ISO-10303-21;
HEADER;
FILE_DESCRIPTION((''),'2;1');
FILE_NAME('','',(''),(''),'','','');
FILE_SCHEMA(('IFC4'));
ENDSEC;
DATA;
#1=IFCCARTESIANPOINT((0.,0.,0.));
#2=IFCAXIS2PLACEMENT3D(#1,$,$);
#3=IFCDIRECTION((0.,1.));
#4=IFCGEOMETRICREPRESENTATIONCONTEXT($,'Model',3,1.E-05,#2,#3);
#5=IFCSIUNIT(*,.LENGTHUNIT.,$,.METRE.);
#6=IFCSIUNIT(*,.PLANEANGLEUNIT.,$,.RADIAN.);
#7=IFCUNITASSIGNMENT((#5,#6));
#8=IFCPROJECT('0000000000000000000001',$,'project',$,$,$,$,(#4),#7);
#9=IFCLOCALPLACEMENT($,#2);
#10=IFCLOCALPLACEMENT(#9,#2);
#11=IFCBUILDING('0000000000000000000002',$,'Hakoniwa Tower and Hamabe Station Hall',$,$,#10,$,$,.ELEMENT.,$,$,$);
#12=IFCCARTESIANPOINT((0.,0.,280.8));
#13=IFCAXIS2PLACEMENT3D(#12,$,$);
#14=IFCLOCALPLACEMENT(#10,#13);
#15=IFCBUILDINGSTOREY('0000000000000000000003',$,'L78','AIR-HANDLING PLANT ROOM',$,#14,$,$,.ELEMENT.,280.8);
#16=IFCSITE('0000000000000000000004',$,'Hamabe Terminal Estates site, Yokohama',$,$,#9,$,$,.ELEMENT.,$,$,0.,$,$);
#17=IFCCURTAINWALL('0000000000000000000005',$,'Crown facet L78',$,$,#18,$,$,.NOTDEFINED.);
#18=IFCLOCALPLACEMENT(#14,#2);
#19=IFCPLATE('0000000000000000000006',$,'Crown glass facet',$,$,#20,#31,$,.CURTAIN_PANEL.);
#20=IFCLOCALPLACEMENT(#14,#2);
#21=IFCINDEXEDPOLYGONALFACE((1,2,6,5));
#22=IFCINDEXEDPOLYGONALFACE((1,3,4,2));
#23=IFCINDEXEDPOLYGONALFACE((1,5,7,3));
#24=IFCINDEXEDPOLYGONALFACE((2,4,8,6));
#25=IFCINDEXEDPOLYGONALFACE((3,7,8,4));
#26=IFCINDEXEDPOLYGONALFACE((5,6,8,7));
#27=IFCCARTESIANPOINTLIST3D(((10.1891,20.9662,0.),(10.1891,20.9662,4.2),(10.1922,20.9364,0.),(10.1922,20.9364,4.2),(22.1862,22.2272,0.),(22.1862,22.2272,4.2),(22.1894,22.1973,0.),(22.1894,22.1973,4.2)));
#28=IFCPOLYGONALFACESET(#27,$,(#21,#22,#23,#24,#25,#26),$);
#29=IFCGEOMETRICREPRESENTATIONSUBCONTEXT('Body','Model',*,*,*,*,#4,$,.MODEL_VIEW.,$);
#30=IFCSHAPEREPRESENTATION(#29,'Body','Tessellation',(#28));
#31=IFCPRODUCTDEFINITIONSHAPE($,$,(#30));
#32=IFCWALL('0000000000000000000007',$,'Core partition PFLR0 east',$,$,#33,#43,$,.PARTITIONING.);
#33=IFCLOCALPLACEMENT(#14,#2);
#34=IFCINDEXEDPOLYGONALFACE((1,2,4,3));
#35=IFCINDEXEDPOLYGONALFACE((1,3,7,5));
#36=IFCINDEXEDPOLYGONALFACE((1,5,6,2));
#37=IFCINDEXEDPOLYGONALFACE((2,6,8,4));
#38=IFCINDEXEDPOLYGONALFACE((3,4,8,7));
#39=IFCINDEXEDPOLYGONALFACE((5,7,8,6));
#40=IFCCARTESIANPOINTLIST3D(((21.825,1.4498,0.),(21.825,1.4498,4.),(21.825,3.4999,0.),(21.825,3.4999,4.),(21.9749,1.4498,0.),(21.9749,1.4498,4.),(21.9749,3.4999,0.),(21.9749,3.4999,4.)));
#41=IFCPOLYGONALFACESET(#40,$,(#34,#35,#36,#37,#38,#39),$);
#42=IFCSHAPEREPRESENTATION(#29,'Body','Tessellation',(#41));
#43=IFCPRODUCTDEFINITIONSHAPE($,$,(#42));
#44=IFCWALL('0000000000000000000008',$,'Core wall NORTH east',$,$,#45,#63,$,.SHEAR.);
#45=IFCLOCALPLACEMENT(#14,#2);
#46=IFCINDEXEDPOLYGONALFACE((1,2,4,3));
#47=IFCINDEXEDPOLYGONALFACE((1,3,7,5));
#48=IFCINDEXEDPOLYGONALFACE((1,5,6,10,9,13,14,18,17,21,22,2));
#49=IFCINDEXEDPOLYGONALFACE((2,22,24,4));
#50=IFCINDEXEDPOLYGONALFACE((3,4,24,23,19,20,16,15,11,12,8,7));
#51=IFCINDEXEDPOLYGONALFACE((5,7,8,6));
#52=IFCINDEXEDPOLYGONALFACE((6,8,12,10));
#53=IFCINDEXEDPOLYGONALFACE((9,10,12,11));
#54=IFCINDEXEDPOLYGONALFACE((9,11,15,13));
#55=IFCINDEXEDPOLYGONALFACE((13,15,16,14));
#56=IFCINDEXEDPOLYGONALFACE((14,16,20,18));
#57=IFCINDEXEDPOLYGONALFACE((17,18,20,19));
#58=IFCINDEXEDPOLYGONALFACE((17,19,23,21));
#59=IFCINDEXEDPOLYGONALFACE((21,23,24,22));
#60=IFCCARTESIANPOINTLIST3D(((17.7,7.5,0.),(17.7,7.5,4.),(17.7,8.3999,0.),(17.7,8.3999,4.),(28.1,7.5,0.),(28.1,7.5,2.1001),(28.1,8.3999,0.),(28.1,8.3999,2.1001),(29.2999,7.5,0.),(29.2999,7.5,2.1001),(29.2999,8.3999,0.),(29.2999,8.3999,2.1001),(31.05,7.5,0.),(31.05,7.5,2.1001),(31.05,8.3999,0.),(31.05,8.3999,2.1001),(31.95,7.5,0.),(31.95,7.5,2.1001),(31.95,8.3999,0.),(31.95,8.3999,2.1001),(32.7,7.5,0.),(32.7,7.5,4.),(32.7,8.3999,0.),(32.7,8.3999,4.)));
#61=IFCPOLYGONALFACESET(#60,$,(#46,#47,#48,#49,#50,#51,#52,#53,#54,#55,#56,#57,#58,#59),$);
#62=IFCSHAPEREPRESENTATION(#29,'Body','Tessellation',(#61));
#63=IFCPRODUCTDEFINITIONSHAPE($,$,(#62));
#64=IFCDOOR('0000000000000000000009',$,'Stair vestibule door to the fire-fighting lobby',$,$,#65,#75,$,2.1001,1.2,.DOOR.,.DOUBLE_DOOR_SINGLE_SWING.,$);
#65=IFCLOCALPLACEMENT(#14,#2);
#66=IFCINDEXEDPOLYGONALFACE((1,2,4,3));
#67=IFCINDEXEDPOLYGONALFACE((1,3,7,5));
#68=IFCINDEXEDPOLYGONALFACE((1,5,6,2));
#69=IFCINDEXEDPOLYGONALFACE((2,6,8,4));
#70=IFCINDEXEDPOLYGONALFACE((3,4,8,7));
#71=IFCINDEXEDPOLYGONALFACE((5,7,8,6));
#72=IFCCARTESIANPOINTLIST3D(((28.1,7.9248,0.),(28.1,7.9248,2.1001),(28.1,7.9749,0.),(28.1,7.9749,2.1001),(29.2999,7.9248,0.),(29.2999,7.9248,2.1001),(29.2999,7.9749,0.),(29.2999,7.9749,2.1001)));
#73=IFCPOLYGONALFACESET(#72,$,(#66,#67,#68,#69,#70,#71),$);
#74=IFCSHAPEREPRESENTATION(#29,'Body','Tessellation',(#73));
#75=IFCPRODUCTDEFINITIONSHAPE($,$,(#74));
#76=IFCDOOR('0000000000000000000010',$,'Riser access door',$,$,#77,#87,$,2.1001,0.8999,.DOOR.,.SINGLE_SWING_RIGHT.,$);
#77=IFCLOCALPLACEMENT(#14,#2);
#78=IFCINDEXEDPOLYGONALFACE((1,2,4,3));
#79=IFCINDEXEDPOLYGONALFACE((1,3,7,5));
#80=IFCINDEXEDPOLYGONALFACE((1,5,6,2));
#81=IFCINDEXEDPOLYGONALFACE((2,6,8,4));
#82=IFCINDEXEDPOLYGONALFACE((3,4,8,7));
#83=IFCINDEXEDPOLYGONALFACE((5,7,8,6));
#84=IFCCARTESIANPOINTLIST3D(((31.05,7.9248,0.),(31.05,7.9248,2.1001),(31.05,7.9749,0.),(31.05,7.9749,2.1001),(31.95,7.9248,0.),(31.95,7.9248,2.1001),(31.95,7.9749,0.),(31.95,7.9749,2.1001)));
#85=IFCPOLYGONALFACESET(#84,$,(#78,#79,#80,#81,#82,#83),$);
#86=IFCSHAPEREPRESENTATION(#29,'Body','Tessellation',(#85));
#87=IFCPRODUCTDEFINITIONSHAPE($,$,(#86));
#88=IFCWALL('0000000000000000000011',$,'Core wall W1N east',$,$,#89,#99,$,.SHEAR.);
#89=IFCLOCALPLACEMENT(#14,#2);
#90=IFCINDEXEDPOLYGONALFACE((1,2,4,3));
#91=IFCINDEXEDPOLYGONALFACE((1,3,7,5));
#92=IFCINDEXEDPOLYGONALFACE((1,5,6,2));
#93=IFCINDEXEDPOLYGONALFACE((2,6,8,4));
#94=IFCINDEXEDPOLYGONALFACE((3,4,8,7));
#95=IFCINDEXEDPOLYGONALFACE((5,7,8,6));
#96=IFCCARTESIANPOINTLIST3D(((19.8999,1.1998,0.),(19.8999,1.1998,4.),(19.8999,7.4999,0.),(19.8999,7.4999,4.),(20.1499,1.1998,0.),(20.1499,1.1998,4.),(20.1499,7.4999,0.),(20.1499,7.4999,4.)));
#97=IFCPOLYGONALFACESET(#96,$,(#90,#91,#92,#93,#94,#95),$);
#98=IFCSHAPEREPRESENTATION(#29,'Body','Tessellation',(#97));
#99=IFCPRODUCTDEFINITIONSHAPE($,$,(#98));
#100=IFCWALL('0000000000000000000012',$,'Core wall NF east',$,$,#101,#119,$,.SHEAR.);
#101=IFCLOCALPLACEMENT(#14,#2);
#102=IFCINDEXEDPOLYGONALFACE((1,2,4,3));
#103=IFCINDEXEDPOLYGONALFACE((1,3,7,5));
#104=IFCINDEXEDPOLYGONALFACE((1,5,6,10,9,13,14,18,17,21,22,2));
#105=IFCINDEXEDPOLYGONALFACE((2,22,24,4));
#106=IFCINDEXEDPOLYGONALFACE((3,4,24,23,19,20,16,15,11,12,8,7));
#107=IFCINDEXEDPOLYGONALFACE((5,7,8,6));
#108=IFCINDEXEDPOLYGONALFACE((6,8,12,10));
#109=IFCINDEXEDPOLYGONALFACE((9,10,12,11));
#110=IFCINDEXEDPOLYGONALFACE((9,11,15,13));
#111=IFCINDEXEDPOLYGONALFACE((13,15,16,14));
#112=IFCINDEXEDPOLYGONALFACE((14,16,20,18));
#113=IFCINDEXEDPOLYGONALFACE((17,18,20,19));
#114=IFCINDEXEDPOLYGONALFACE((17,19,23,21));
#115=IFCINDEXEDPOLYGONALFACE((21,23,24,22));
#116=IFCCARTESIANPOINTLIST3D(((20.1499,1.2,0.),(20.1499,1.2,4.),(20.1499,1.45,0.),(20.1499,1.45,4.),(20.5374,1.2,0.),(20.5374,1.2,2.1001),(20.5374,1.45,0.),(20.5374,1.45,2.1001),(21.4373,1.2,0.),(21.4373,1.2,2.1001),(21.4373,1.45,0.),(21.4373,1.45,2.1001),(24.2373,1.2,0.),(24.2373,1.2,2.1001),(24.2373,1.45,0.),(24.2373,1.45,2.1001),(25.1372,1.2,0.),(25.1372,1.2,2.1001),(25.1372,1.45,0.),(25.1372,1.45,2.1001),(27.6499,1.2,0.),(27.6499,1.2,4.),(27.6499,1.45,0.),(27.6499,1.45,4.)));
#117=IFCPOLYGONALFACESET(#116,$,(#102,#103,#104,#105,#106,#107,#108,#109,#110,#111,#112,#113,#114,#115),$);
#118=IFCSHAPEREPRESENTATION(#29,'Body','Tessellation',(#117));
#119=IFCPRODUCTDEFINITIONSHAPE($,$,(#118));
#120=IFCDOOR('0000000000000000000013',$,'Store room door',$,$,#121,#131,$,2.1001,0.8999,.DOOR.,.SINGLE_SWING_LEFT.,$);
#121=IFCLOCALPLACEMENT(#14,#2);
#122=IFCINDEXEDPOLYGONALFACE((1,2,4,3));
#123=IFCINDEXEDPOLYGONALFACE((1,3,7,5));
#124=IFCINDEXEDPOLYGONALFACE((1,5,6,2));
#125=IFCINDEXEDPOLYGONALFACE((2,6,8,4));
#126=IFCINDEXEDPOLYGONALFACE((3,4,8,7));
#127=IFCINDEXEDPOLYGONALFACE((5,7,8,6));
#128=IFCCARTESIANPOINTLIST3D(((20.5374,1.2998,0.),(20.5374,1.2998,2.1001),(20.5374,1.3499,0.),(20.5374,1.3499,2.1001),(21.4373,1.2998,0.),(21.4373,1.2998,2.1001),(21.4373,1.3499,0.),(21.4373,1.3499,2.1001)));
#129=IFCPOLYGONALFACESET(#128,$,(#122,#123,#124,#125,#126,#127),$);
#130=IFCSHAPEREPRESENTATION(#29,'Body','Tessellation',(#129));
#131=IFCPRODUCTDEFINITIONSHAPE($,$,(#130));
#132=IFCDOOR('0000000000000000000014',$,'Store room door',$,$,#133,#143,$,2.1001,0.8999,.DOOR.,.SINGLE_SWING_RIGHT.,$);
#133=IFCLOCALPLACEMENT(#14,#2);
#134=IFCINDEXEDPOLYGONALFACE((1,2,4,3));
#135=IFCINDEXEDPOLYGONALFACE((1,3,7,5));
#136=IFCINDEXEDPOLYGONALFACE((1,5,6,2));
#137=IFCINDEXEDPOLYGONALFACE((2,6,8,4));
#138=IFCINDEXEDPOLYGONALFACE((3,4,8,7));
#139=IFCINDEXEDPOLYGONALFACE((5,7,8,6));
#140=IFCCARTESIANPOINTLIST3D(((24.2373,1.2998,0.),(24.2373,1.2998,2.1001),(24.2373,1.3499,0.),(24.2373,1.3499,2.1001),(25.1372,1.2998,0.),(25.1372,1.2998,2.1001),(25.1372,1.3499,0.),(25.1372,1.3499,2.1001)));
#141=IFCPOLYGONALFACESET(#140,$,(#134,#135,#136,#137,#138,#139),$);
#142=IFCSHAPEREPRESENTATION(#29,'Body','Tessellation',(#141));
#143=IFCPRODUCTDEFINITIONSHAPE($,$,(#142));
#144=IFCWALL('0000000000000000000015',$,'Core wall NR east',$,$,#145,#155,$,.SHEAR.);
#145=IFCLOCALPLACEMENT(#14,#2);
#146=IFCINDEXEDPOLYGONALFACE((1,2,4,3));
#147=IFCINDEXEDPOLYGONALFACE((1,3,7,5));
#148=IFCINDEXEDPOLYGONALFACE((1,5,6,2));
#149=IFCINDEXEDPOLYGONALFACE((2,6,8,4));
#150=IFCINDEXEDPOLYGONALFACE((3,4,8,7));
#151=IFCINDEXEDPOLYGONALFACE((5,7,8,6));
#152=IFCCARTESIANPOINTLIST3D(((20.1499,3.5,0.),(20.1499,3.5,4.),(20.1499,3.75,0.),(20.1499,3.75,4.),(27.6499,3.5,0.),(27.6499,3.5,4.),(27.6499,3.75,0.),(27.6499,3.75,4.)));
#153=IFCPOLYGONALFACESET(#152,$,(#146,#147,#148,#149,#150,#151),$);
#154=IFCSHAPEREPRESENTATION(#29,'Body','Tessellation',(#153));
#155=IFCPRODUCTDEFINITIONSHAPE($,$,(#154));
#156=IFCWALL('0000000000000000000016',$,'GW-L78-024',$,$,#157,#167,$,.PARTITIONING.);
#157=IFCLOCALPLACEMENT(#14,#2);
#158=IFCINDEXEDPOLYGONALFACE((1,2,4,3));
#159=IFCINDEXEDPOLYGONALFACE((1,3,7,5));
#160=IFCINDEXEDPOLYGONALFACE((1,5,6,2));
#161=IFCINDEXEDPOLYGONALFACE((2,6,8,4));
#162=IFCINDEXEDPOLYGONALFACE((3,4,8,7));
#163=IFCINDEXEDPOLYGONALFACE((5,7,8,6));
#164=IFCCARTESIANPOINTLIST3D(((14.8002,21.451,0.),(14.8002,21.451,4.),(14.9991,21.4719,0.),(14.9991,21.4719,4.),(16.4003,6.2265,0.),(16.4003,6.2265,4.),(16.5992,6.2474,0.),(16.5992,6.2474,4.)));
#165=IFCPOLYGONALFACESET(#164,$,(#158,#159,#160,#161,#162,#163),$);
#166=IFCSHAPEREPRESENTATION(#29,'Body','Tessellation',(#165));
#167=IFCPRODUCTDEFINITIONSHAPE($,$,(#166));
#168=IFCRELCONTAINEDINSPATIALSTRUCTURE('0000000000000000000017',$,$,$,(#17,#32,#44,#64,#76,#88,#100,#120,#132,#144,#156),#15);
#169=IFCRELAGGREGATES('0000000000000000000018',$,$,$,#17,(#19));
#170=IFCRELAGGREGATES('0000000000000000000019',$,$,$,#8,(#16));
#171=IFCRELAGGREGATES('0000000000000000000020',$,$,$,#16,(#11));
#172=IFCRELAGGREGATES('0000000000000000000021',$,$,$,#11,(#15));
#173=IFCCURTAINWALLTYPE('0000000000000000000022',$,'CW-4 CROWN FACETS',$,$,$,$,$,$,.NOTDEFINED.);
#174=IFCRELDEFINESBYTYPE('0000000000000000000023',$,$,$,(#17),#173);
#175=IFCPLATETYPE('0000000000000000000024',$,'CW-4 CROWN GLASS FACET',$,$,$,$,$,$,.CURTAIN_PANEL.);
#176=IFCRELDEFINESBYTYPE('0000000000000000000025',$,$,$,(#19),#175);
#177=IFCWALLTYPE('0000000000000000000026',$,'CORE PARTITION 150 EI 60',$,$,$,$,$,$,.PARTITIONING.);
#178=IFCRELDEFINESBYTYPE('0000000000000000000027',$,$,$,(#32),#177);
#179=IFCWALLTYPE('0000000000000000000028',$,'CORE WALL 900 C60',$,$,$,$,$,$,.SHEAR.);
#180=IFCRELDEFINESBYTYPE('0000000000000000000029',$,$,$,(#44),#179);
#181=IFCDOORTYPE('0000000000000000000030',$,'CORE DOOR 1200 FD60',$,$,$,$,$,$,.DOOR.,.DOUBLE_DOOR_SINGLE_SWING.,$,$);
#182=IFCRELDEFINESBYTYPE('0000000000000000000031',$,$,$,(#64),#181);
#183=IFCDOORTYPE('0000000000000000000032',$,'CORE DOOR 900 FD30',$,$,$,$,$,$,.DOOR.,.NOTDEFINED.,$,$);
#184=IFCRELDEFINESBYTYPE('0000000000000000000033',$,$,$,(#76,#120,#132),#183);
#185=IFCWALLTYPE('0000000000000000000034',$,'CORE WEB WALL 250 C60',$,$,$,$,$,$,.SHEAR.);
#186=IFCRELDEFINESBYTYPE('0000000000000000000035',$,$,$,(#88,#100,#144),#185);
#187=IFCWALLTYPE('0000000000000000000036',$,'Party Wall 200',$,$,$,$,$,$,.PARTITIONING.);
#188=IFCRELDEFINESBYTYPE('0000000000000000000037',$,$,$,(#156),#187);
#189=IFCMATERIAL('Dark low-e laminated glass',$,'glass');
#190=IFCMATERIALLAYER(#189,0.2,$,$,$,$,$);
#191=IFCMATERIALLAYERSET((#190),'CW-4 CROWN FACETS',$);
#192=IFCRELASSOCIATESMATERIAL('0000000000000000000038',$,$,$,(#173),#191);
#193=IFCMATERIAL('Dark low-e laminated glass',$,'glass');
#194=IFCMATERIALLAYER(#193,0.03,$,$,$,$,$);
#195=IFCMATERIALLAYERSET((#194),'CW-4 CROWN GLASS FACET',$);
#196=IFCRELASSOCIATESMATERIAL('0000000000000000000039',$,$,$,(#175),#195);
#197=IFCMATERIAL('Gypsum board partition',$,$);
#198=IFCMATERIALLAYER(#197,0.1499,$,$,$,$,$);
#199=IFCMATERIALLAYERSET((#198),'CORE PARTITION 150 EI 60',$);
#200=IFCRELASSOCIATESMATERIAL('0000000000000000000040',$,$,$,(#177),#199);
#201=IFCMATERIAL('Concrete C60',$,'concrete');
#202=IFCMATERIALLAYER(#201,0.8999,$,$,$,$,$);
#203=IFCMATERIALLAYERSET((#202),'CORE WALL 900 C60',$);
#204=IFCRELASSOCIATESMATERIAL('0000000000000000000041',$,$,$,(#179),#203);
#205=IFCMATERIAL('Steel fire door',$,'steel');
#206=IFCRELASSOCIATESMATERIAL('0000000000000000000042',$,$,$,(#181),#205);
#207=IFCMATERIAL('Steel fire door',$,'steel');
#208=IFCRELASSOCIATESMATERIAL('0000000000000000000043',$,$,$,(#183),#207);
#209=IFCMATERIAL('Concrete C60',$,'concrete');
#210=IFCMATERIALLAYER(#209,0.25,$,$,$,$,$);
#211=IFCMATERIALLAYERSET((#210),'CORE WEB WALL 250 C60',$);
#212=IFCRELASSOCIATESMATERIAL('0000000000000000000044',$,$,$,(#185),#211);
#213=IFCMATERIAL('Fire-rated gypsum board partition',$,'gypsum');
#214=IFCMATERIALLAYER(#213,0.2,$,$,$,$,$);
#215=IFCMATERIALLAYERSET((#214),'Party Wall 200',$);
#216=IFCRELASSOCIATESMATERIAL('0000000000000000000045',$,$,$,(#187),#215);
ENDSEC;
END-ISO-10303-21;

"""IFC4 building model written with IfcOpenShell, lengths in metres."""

from ifc_helpers import new_model, si_unit, direction, frame, frame_2d, origin, origin_2d, place, context, subcontext, project, spatial, rectangle, extrude, material, layer, layer_set, type_object, element, fill, aggregate, save


model = new_model("IFC4")

# Units and contexts
model_context = context("Model", 3, precision=1e-05, world=origin(), true_north=direction((0.0, 1.0)))
body_context = subcontext(model_context, "Body", "Model", "MODEL_VIEW")
ifc_project = project(units=[si_unit("LENGTHUNIT", "METRE"), si_unit("PLANEANGLEUNIT", "RADIAN")], contexts=[model_context])

# Site, building, storey
site_placement = place(None, origin())
site = spatial("IfcSite", under=ifc_project, at=site_placement, Name="Hamabe Terminal Estates site, Yokohama", CompositionType="ELEMENT", RefElevation=0.0)
building_placement = place(site_placement, origin())
building = spatial("IfcBuilding", under=site, at=building_placement, Name="Hakoniwa Tower and Hamabe Station Hall", CompositionType="ELEMENT")
storey_placement = place(building_placement, frame((0.0, 0.0, 280.8)))
storey = spatial("IfcBuildingStorey", under=building, at=storey_placement, Name="L78", Description="AIR-HANDLING PLANT ROOM", CompositionType="ELEMENT", Elevation=280.8)

# Curtain wall, plate
ifc_material_1 = material(Name="Dark low-e laminated glass", Category="glass")
ifc_layer_1 = layer(ifc_material_1, 0.2)
ifc_layer_set_1 = layer_set([ifc_layer_1], Name="CW-4 CROWN FACETS")
curtain_wall_type = type_object("IfcCurtainWallType", Name="CW-4 CROWN FACETS", PredefinedType="NOTDEFINED", material=ifc_layer_set_1)
curtain_wall_placement = place(storey_placement, origin())
curtain_wall = element("IfcCurtainWall", 1, at=curtain_wall_placement, inside=storey, type_object=curtain_wall_type, Name="Crown facet L78", PredefinedType="NOTDEFINED")
ifc_material_2 = material(Name="Dark low-e laminated glass", Category="glass")
ifc_layer_2 = layer(ifc_material_2, 0.03)
ifc_layer_set_2 = layer_set([ifc_layer_2], Name="CW-4 CROWN GLASS FACET")
plate_type = type_object("IfcPlateType", Name="CW-4 CROWN GLASS FACET", PredefinedType="CURTAIN_PANEL", material=ifc_layer_set_2)
plate_placement = place(storey_placement, frame((16.1892, 21.5818, 0.0), z_axis=(0.0, 0.0, 1.0), x_axis=(-0.994522, -0.104528, 0.0)))
plate = element("IfcPlate", 2, at=plate_placement, type_object=plate_type, Name="Crown glass facet", PredefinedType="CURTAIN_PANEL", context=body_context, shape_type="SweptSolid", body=[
    extrude(rectangle(XDim=12.0632, YDim=0.03, at=origin_2d()), origin(), (0.0, 0.0, 1.0), 4.2),
])
aggregate(curtain_wall, [plate])

# Wall
ifc_material_3 = material(Name="Gypsum board partition")
ifc_layer_3 = layer(ifc_material_3, 0.1499)
ifc_layer_set_3 = layer_set([ifc_layer_3], Name="CORE PARTITION 150 EI 60")
wall_type_1 = type_object("IfcWallType", Name="CORE PARTITION 150 EI 60", PredefinedType="PARTITIONING", material=ifc_layer_set_3)
wall_1_placement = place(storey_placement, frame((21.8999, 1.45, 0.0), z_axis=(0.0, 0.0, 1.0), x_axis=(0.0, 1.0, 0.0)))
element("IfcWall", 3, at=wall_1_placement, inside=storey, type_object=wall_type_1, Name="Core partition PFLR0 east", PredefinedType="PARTITIONING", context=body_context, shape_type="SweptSolid", body=[
    extrude(rectangle(XDim=2.05, YDim=0.1499, at=frame_2d((1.0249, 0.0))), origin(), (0.0, 0.0, 1.0), 4.0),
])

# Wall, openings, doors
ifc_material_4 = material(Name="Concrete C60", Category="concrete")
ifc_layer_4 = layer(ifc_material_4, 0.8999)
ifc_layer_set_4 = layer_set([ifc_layer_4], Name="CORE WALL 900 C60")
wall_type_2 = type_object("IfcWallType", Name="CORE WALL 900 C60", PredefinedType="SHEAR", material=ifc_layer_set_4)
wall_2_placement = place(storey_placement, frame((17.7, 7.95, 0.0), z_axis=(0.0, 0.0, 1.0), x_axis=(1.0, 0.0, 0.0)))
wall_2 = element("IfcWall", 4, at=wall_2_placement, inside=storey, type_object=wall_type_2, Name="Core wall NORTH east", PredefinedType="SHEAR", context=body_context, shape_type="SweptSolid", body=[
    extrude(rectangle(XDim=15.0, YDim=0.8999, at=frame_2d((7.5, 0.0))), origin(), (0.0, 0.0, 1.0), 4.0),
])
opening_1_placement = place(wall_2_placement, frame((10.3999, 0.0, 0.0)))
opening_1 = element("IfcOpeningElement", 5, at=opening_1_placement, cuts=wall_2, PredefinedType="OPENING", context=body_context, shape_type="SweptSolid", body=[
    extrude(rectangle(XDim=1.2, YDim=2.1001, at=frame_2d((0.6001, 1.05))), frame((0.0, 0.46, 0.0), z_axis=(0.0, -1.0, 0.0), x_axis=(1.0, 0.0, 0.0)), (0.0, 0.0, 1.0), 0.9199),
])
opening_2_placement = place(wall_2_placement, frame((13.3501, 0.0, 0.0)))
opening_2 = element("IfcOpeningElement", 6, at=opening_2_placement, cuts=wall_2, PredefinedType="OPENING", context=body_context, shape_type="SweptSolid", body=[
    extrude(rectangle(XDim=0.8999, YDim=2.1001, at=frame_2d((0.45, 1.05))), frame((0.0, 0.46, 0.0), z_axis=(0.0, -1.0, 0.0), x_axis=(1.0, 0.0, 0.0)), (0.0, 0.0, 1.0), 0.9199),
])
ifc_material_5 = material(Name="Steel fire door", Category="steel")
door_type_1 = type_object("IfcDoorType", Name="CORE DOOR 1200 FD60", OperationType="DOUBLE_DOOR_SINGLE_SWING", PredefinedType="DOOR", material=ifc_material_5)
door_1_placement = place(opening_1_placement, origin())
door_1 = element("IfcDoor", 7, at=door_1_placement, inside=storey, type_object=door_type_1, Name="Stair vestibule door to the fire-fighting lobby", OperationType="DOUBLE_DOOR_SINGLE_SWING", OverallHeight=2.1001, OverallWidth=1.2, PredefinedType="DOOR", context=body_context, shape_type="SweptSolid", body=[
    extrude(rectangle(XDim=1.2, YDim=2.1001, at=frame_2d((0.6001, 1.05))), frame((0.0, 0.0249, 0.0), z_axis=(0.0, -1.0, 0.0), x_axis=(1.0, 0.0, 0.0)), (0.0, 0.0, 1.0), 0.05),
])
fill(opening_1, door_1)
ifc_material_6 = material(Name="Steel fire door", Category="steel")
door_type_2 = type_object("IfcDoorType", Name="CORE DOOR 900 FD30", OperationType="NOTDEFINED", PredefinedType="DOOR", material=ifc_material_6)
door_2_placement = place(opening_2_placement, origin())
door_2 = element("IfcDoor", 8, at=door_2_placement, inside=storey, type_object=door_type_2, Name="Riser access door", OperationType="SINGLE_SWING_RIGHT", OverallHeight=2.1001, OverallWidth=0.8999, PredefinedType="DOOR", context=body_context, shape_type="SweptSolid", body=[
    extrude(rectangle(XDim=0.8999, YDim=2.1001, at=frame_2d((0.45, 1.05))), frame((0.0, 0.0249, 0.0), z_axis=(0.0, -1.0, 0.0), x_axis=(1.0, 0.0, 0.0)), (0.0, 0.0, 1.0), 0.05),
])
fill(opening_2, door_2)

# Wall
ifc_material_7 = material(Name="Concrete C60", Category="concrete")
ifc_layer_5 = layer(ifc_material_7, 0.25)
ifc_layer_set_5 = layer_set([ifc_layer_5], Name="CORE WEB WALL 250 C60")
wall_type_3 = type_object("IfcWallType", Name="CORE WEB WALL 250 C60", PredefinedType="SHEAR", material=ifc_layer_set_5)
wall_3_placement = place(storey_placement, frame((20.0249, 1.2, 0.0), z_axis=(0.0, 0.0, 1.0), x_axis=(0.0, 1.0, 0.0)))
element("IfcWall", 9, at=wall_3_placement, inside=storey, type_object=wall_type_3, Name="Core wall W1N east", PredefinedType="SHEAR", context=body_context, shape_type="SweptSolid", body=[
    extrude(rectangle(XDim=6.3, YDim=0.25, at=frame_2d((3.1499, 0.0))), origin(), (0.0, 0.0, 1.0), 4.0),
])

# Wall, openings, doors
wall_4_placement = place(storey_placement, frame((20.1499, 1.325, 0.0), z_axis=(0.0, 0.0, 1.0), x_axis=(1.0, 0.0, 0.0)))
wall_4 = element("IfcWall", 10, at=wall_4_placement, inside=storey, type_object=wall_type_3, Name="Core wall NF east", PredefinedType="SHEAR", context=body_context, shape_type="SweptSolid", body=[
    extrude(rectangle(XDim=7.5, YDim=0.25, at=frame_2d((3.75, 0.0))), origin(), (0.0, 0.0, 1.0), 4.0),
])
opening_3_placement = place(wall_4_placement, frame((0.3875, 0.0, 0.0)))
opening_3 = element("IfcOpeningElement", 11, at=opening_3_placement, cuts=wall_4, PredefinedType="OPENING", context=body_context, shape_type="SweptSolid", body=[
    extrude(rectangle(XDim=0.8999, YDim=2.1001, at=frame_2d((0.45, 1.05))), frame((0.0, 0.135, 0.0), z_axis=(0.0, -1.0, 0.0), x_axis=(1.0, 0.0, 0.0)), (0.0, 0.0, 1.0), 0.27),
])
opening_4_placement = place(wall_4_placement, frame((4.0874, 0.0, 0.0)))
opening_4 = element("IfcOpeningElement", 12, at=opening_4_placement, cuts=wall_4, PredefinedType="OPENING", context=body_context, shape_type="SweptSolid", body=[
    extrude(rectangle(XDim=0.8999, YDim=2.1001, at=frame_2d((0.45, 1.05))), frame((0.0, 0.135, 0.0), z_axis=(0.0, -1.0, 0.0), x_axis=(1.0, 0.0, 0.0)), (0.0, 0.0, 1.0), 0.27),
])
door_3_placement = place(opening_3_placement, origin())
door_3 = element("IfcDoor", 13, at=door_3_placement, inside=storey, type_object=door_type_2, Name="Store room door", OperationType="SINGLE_SWING_LEFT", OverallHeight=2.1001, OverallWidth=0.8999, PredefinedType="DOOR", context=body_context, shape_type="SweptSolid", body=[
    extrude(rectangle(XDim=0.8999, YDim=2.1001, at=frame_2d((0.45, 1.05))), frame((0.0, 0.0249, 0.0), z_axis=(0.0, -1.0, 0.0), x_axis=(1.0, 0.0, 0.0)), (0.0, 0.0, 1.0), 0.05),
])
fill(opening_3, door_3)
door_4_placement = place(opening_4_placement, origin())
door_4 = element("IfcDoor", 14, at=door_4_placement, inside=storey, type_object=door_type_2, Name="Store room door", OperationType="SINGLE_SWING_RIGHT", OverallHeight=2.1001, OverallWidth=0.8999, PredefinedType="DOOR", context=body_context, shape_type="SweptSolid", body=[
    extrude(rectangle(XDim=0.8999, YDim=2.1001, at=frame_2d((0.45, 1.05))), frame((0.0, 0.0249, 0.0), z_axis=(0.0, -1.0, 0.0), x_axis=(1.0, 0.0, 0.0)), (0.0, 0.0, 1.0), 0.05),
])
fill(opening_4, door_4)

# Walls
wall_5_placement = place(storey_placement, frame((20.1499, 3.625, 0.0), z_axis=(0.0, 0.0, 1.0), x_axis=(1.0, 0.0, 0.0)))
element("IfcWall", 15, at=wall_5_placement, inside=storey, type_object=wall_type_3, Name="Core wall NR east", PredefinedType="SHEAR", context=body_context, shape_type="SweptSolid", body=[
    extrude(rectangle(XDim=7.5, YDim=0.25, at=frame_2d((3.75, 0.0))), origin(), (0.0, 0.0, 1.0), 4.0),
])
ifc_material_8 = material(Name="Fire-rated gypsum board partition", Category="gypsum")
ifc_layer_6 = layer(ifc_material_8, 0.2)
ifc_layer_set_6 = layer_set([ifc_layer_6], Name="Party Wall 200")
wall_type_4 = type_object("IfcWallType", Name="Party Wall 200", PredefinedType="PARTITIONING", material=ifc_layer_set_6)
wall_6_placement = place(storey_placement, frame((16.4998, 6.2368, 0.0), z_axis=(0.0, 0.0, 1.0), x_axis=(-0.104524, 0.994522, 0.0)))
element("IfcWall", 16, at=wall_6_placement, inside=storey, type_object=wall_type_4, Name="GW-L78-024", PredefinedType="PARTITIONING", context=body_context, shape_type="SweptSolid", body=[
    extrude(rectangle(XDim=15.3083, YDim=0.2, at=frame_2d((7.6543, 0.0))), origin(), (0.0, 0.0, 1.0), 4.0),
])

save(model, "model.ifc")
